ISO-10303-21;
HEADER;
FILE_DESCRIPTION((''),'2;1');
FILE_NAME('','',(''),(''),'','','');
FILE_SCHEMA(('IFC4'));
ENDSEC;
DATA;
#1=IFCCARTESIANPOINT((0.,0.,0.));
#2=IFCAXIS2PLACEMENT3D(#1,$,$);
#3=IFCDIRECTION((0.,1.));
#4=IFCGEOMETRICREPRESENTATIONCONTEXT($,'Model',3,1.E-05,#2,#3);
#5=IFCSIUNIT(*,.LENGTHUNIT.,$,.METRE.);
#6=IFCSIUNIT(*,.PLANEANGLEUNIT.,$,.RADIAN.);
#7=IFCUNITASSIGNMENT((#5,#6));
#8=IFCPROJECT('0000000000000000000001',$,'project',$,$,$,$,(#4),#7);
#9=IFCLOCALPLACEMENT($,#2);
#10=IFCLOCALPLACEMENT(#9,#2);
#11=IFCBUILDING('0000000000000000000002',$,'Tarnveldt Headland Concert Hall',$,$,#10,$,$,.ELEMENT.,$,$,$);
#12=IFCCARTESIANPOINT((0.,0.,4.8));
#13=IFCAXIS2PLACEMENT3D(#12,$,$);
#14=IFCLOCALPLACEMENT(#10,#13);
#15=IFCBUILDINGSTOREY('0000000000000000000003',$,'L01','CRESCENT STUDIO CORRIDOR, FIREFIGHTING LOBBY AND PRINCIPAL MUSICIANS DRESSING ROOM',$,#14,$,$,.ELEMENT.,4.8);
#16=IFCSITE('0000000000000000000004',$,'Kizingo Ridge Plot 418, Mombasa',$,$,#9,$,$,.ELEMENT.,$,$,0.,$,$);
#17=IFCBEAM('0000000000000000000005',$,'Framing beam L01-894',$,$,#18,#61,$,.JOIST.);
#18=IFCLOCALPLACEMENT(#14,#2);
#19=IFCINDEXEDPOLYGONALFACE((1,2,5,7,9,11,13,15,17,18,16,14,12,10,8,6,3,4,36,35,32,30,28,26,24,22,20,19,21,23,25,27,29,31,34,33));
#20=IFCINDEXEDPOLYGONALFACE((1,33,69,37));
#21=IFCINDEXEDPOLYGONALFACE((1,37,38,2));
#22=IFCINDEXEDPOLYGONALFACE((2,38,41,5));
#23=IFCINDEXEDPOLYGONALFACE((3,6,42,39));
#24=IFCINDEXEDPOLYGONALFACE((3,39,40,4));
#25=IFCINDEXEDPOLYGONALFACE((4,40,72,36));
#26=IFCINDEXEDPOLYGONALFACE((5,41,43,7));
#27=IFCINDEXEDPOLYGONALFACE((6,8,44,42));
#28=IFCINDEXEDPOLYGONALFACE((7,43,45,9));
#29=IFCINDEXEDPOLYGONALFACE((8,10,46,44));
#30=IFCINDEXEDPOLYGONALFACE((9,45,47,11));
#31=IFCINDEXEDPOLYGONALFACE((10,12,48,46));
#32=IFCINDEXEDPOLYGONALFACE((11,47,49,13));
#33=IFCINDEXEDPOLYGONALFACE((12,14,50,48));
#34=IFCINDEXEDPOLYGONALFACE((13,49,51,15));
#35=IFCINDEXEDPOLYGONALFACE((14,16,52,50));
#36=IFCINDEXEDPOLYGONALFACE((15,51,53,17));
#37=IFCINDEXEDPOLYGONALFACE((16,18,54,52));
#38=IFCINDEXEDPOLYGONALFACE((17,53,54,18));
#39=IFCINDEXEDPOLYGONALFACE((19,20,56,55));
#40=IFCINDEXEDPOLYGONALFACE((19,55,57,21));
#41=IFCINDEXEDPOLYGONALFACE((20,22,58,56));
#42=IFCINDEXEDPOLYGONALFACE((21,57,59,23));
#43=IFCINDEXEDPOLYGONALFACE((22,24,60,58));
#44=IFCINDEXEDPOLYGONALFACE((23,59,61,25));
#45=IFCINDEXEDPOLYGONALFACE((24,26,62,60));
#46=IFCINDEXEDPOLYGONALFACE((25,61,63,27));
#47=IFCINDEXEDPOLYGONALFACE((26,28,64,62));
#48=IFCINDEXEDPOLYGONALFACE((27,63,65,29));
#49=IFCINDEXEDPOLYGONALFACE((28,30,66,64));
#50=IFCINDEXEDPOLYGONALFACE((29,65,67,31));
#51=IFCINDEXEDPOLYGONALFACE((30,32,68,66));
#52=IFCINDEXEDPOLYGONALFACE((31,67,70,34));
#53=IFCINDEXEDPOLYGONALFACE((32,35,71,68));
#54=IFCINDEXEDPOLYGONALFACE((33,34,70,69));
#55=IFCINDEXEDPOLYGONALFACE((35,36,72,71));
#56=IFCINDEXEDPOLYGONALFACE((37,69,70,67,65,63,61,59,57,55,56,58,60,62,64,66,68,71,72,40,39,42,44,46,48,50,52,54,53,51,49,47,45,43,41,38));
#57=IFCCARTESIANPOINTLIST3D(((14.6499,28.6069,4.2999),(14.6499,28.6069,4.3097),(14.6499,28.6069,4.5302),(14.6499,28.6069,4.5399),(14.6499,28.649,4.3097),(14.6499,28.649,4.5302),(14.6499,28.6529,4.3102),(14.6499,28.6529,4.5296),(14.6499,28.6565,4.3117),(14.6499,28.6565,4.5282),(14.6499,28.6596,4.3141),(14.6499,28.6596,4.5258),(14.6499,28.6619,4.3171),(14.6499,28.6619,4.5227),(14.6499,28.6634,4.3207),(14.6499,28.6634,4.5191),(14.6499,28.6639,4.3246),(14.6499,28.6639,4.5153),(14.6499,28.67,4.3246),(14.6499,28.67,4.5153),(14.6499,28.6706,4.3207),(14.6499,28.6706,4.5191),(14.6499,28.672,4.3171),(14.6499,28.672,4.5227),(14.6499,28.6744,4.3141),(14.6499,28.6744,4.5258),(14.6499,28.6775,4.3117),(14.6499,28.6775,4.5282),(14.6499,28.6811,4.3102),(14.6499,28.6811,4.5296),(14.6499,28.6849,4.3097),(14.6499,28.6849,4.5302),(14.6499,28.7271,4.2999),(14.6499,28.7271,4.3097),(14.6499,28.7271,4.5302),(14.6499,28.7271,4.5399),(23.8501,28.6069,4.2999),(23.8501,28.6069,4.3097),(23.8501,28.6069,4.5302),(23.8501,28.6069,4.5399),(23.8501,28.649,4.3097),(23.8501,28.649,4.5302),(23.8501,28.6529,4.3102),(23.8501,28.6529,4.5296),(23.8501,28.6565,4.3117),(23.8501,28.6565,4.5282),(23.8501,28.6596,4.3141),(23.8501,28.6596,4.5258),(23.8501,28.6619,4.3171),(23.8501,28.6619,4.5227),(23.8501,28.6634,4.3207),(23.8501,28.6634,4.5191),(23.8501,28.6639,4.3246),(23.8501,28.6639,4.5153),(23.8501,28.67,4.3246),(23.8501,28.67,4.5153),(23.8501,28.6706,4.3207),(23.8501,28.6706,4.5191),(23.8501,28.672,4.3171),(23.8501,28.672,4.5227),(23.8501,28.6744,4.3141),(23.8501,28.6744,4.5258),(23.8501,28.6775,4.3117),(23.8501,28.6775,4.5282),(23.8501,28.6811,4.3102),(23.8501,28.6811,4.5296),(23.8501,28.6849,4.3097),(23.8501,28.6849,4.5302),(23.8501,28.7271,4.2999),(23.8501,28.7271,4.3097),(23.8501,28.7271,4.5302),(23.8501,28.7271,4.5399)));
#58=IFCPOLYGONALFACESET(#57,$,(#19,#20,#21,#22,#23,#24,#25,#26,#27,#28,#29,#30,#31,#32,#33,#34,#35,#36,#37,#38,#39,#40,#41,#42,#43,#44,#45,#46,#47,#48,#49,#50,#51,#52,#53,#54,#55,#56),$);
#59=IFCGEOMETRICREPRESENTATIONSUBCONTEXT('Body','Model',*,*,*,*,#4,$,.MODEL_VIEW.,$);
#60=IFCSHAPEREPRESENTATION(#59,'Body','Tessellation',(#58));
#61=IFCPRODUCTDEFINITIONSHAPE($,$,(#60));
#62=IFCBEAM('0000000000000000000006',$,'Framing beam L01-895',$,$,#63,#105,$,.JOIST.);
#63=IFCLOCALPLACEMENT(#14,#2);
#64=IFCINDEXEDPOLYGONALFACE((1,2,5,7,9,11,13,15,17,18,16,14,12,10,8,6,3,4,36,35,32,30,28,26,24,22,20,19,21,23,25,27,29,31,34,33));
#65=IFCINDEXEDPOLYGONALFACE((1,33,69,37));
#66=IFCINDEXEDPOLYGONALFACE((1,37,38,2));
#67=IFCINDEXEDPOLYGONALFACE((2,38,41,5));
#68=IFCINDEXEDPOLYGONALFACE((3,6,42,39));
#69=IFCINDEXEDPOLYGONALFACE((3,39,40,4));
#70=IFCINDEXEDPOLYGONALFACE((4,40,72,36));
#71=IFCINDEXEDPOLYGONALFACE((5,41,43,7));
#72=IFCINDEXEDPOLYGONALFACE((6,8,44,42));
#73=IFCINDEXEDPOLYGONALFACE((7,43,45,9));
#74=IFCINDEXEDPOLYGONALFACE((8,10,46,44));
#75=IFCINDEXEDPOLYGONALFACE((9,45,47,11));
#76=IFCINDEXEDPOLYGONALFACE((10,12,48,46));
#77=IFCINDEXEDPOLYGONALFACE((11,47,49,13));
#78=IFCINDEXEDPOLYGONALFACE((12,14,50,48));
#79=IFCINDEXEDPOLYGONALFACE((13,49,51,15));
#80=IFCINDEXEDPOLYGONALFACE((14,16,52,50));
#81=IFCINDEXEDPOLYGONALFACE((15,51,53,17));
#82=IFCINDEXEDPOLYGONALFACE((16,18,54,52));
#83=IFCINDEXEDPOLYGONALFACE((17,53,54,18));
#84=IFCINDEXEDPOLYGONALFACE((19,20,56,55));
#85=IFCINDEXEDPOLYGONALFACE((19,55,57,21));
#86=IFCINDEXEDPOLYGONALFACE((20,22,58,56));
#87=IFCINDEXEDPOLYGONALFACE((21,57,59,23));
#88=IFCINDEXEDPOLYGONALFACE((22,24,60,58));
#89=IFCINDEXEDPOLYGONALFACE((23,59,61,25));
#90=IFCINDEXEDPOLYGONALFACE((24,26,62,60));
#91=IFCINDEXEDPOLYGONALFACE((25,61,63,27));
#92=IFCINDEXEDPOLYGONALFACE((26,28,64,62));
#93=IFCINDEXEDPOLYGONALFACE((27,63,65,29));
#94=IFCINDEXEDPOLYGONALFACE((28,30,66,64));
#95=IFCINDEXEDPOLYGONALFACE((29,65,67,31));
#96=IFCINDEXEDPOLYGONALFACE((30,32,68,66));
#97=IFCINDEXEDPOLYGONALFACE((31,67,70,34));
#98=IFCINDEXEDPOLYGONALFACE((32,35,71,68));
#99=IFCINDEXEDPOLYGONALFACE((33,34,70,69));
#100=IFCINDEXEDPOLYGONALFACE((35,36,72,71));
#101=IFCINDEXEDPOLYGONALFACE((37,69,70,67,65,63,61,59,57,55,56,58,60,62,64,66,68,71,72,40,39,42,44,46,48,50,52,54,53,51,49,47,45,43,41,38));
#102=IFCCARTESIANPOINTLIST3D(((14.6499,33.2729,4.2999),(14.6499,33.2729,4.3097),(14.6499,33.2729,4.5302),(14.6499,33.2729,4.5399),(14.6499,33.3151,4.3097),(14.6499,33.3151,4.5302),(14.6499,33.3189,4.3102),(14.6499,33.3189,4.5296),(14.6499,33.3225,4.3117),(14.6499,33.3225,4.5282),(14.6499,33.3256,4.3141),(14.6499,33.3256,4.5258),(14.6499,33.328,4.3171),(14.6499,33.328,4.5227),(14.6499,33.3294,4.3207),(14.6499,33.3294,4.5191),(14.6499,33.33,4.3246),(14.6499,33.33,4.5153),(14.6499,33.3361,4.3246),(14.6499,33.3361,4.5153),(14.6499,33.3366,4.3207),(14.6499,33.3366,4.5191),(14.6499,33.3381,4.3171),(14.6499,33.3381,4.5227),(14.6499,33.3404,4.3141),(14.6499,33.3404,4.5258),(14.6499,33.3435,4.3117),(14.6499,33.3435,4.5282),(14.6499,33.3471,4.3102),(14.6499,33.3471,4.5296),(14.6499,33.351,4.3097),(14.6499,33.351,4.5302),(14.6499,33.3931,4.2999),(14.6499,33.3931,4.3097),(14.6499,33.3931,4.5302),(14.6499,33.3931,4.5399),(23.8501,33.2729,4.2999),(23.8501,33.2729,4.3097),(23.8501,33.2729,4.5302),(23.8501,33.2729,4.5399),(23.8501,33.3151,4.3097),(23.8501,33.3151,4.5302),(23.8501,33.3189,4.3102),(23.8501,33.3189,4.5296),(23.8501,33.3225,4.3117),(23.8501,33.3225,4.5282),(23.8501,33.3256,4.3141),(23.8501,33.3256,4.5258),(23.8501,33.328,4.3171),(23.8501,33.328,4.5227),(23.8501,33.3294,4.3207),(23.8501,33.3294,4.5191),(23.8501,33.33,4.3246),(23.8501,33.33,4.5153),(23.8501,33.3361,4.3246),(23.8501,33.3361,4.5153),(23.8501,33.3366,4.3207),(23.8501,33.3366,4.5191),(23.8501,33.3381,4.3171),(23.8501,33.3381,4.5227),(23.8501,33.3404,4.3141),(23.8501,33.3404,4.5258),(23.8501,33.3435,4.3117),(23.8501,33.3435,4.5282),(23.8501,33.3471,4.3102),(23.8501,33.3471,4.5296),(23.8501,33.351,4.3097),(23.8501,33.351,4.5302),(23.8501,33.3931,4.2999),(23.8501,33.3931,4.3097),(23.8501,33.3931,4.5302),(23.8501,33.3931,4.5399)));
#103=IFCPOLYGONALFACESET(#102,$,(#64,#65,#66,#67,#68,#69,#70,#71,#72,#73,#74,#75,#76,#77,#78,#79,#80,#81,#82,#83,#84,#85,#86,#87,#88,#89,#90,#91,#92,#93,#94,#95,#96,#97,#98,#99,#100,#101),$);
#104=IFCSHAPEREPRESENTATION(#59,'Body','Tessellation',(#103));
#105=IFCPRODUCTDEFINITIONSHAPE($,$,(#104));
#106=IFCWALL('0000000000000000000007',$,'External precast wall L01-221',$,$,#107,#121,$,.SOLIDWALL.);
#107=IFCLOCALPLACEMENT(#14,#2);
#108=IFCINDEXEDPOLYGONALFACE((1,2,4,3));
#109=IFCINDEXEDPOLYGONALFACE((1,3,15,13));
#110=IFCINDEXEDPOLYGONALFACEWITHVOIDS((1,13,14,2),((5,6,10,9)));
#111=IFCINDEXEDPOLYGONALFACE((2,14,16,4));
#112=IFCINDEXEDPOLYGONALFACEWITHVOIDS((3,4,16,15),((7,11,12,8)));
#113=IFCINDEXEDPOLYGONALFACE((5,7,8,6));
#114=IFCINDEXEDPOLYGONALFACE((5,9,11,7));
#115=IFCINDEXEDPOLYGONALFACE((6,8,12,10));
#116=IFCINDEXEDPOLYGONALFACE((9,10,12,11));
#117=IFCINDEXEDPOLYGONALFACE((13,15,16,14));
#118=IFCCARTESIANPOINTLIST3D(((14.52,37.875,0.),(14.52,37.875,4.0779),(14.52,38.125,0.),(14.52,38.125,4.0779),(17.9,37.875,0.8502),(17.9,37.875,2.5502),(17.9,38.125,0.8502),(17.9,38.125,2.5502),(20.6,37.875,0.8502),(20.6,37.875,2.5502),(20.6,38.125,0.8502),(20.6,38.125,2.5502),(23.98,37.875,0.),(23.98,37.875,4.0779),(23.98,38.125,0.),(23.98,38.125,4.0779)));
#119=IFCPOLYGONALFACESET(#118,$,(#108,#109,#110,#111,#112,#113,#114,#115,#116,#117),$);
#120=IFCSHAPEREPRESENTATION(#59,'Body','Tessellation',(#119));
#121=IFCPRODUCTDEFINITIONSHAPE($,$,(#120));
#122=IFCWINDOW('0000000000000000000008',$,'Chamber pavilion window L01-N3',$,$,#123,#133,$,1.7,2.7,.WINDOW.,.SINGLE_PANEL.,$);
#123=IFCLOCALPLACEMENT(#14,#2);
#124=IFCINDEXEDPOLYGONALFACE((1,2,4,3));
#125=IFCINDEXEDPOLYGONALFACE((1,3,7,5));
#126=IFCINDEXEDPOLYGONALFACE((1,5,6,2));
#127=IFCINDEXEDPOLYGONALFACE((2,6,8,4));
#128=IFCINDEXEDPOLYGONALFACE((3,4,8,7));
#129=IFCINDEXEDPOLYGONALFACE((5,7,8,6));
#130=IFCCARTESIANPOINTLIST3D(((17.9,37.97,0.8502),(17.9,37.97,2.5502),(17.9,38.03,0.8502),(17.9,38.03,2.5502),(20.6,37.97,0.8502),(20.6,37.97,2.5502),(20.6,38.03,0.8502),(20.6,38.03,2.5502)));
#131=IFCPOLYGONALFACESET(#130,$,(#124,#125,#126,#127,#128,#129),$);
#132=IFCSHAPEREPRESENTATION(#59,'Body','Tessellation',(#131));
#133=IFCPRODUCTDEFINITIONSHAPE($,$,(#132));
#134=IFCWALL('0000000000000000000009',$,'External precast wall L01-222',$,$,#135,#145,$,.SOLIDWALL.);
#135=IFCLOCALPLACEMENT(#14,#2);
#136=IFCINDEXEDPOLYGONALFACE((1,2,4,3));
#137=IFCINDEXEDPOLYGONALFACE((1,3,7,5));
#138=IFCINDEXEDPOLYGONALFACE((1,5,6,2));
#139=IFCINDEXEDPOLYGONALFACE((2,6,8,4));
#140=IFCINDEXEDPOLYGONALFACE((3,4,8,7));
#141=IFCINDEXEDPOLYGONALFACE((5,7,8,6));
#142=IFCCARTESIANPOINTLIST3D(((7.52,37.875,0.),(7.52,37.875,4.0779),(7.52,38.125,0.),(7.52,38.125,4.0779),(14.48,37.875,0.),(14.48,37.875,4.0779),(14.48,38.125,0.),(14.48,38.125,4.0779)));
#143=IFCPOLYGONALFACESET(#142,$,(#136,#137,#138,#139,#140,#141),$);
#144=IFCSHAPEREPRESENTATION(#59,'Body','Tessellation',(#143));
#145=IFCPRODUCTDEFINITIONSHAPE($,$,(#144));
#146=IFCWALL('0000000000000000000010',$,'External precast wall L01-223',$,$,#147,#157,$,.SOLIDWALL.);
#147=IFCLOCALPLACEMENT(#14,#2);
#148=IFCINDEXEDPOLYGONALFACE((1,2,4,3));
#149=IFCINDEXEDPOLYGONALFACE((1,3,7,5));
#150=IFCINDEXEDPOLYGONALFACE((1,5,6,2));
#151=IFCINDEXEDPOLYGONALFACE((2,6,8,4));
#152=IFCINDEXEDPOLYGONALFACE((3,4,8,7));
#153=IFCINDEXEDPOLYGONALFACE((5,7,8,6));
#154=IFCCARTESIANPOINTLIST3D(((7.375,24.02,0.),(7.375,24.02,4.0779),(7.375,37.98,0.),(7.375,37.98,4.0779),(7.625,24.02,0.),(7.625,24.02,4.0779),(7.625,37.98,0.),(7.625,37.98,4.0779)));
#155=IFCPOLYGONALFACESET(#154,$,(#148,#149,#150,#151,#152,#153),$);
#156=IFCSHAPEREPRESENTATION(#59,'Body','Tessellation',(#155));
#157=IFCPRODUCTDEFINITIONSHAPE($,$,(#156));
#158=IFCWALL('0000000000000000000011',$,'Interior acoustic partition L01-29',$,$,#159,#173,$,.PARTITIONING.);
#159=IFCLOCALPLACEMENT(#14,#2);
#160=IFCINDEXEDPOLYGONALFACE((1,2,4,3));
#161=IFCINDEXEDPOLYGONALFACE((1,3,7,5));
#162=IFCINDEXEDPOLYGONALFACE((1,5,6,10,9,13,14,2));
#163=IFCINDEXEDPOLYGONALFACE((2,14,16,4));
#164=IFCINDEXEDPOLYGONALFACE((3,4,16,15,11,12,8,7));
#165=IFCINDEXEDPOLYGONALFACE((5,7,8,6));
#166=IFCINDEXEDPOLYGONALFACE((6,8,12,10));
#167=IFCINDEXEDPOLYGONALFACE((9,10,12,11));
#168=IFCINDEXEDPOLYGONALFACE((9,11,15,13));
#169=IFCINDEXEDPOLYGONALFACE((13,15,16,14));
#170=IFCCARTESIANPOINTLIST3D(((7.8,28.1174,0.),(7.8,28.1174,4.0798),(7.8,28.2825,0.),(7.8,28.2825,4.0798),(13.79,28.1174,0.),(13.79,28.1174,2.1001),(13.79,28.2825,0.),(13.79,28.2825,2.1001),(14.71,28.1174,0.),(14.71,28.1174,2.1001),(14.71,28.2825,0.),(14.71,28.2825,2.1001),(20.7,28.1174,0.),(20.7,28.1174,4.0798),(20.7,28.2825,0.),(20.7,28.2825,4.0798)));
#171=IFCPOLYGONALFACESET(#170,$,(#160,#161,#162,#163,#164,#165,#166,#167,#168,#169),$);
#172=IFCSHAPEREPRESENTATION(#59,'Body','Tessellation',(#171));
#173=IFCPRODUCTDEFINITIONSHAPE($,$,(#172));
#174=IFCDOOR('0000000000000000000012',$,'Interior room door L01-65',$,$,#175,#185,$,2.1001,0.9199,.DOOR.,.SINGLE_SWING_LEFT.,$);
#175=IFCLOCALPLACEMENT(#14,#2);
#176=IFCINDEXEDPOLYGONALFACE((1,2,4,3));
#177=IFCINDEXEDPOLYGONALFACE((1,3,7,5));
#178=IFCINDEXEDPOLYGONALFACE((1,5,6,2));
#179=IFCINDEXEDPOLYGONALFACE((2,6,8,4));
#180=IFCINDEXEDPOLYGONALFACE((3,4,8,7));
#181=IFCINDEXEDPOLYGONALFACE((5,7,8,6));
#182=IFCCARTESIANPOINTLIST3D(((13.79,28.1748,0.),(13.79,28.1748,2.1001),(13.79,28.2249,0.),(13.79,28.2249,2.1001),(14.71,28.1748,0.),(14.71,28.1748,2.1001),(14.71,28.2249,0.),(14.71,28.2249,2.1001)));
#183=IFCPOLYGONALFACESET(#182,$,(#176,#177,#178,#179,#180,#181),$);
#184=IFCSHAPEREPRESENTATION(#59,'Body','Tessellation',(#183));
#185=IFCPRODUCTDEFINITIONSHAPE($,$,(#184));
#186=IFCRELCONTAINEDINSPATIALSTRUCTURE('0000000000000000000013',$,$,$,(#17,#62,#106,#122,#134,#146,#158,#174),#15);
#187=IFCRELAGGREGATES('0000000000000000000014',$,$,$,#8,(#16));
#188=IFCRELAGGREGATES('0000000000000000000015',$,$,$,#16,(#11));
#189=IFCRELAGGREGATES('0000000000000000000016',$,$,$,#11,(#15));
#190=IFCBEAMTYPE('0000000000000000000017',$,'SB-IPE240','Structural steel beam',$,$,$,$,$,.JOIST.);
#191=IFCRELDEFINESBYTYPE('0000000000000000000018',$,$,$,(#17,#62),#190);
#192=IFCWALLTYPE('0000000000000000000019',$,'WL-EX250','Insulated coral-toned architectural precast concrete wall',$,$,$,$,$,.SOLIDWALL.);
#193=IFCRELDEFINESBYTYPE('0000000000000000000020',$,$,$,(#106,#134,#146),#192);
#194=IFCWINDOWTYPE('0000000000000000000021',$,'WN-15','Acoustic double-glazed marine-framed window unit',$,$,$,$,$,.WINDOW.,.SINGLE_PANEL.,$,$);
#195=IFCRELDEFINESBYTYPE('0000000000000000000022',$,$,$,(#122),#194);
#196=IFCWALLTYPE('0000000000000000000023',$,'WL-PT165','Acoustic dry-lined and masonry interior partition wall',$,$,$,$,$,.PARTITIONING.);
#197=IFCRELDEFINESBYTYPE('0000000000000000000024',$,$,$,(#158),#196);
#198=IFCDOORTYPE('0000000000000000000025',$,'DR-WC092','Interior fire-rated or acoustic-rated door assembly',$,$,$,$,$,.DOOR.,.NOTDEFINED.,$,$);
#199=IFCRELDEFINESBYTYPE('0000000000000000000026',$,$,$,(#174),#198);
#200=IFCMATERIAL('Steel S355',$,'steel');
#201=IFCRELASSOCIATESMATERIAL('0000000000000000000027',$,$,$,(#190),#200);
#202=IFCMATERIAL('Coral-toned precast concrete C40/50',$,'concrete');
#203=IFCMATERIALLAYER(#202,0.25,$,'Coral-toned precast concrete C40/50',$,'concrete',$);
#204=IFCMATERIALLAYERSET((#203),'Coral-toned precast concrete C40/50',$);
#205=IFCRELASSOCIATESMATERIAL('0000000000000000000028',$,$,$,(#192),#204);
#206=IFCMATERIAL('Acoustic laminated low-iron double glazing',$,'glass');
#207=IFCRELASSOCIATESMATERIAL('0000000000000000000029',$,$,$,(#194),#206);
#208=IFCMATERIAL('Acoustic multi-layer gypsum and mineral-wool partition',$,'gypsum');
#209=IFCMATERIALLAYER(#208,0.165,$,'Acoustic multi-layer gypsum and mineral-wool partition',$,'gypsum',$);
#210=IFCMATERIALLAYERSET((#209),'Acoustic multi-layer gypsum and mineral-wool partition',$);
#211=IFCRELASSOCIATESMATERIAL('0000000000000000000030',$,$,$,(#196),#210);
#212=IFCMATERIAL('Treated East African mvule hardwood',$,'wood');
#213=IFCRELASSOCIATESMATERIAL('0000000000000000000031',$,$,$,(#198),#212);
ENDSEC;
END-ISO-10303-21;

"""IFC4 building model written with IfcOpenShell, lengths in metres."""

from ifc_helpers import new_model, si_unit, direction, frame, frame_2d, origin, origin_2d, place, context, subcontext, project, spatial, rectangle, i_section, extrude, material, layer, layer_set, material_profile, profile_set, type_object, element, fill, save


model = new_model("IFC4")

# Units and contexts
model_context = context("Model", 3, precision=1e-05, world=origin(), true_north=direction((0.0, 1.0)))
body_context = subcontext(model_context, "Body", "Model", "MODEL_VIEW")
ifc_project = project(units=[si_unit("LENGTHUNIT", "METRE"), si_unit("PLANEANGLEUNIT", "RADIAN")], contexts=[model_context])

# Site, building, storey
site_placement = place(None, origin())
site = spatial("IfcSite", under=ifc_project, at=site_placement, Name="Kizingo Ridge Plot 418, Mombasa", CompositionType="ELEMENT", RefElevation=0.0)
building_placement = place(site_placement, origin())
building = spatial("IfcBuilding", under=site, at=building_placement, Name="Tarnveldt Headland Concert Hall", CompositionType="ELEMENT")
storey_placement = place(building_placement, frame((0.0, 0.0, 4.8)))
storey = spatial("IfcBuildingStorey", under=building, at=storey_placement, Name="L01", Description="CRESCENT STUDIO CORRIDOR, FIREFIGHTING LOBBY AND PRINCIPAL MUSICIANS DRESSING ROOM", CompositionType="ELEMENT", Elevation=4.8)

# Shared definitions
ifc_material_1 = material(Name="Steel S355", Category="steel")

# Beams
ifc_material_profile_1 = material_profile(ifc_material_1, i_section(OverallWidth=0.1201, OverallDepth=0.24, WebThickness=0.0061, FlangeThickness=0.0098, FilletRadius=0.0149, at=origin_2d()), Name="IPE240", Category="steel")
ifc_profile_set_1 = profile_set([ifc_material_profile_1], Name="Steel S355")
beam_type_1 = type_object("IfcBeamType", Name="SB-IPE240", Description="Structural steel beam", PredefinedType="JOIST", material=ifc_profile_set_1)
for number, where, z_axis, x_axis, name in (
    (1, (14.6499, 28.667, 4.4199), (1.0, 0.0, 0.0), (0.0, 1.0, 0.0), "Framing beam L01-894"),
    (2, (14.6499, 33.333, 4.4199), (1.0, 0.0, 0.0), (0.0, 1.0, 0.0), "Framing beam L01-895"),
):
    element("IfcBeam", number, at=place(storey_placement, frame(where, z_axis=z_axis, x_axis=x_axis)), inside=storey, type_object=beam_type_1, Name=name, PredefinedType="JOIST", context=body_context, shape_type="SweptSolid", body=[
        extrude(i_section(OverallWidth=0.1201, OverallDepth=0.24, WebThickness=0.0061, FlangeThickness=0.0098, FilletRadius=0.0149, at=origin_2d()), origin(), (0.0, 0.0, 1.0), 9.2002),
    ])

# Wall, opening, window
ifc_material_2 = material(Name="Coral-toned precast concrete C40/50", Category="concrete")
ifc_layer_1 = layer(ifc_material_2, 0.25, Name="Coral-toned precast concrete C40/50", Category="concrete")
ifc_layer_set_1 = layer_set([ifc_layer_1], Name="Coral-toned precast concrete C40/50")
wall_type_1 = type_object("IfcWallType", Name="WL-EX250", Description="Insulated coral-toned architectural precast concrete wall", PredefinedType="SOLIDWALL", material=ifc_layer_set_1)
wall_1_placement = place(storey_placement, frame((14.52, 38.0, 0.0), z_axis=(0.0, 0.0, 1.0), x_axis=(1.0, 0.0, 0.0)))
wall_1 = element("IfcWall", 3, at=wall_1_placement, inside=storey, type_object=wall_type_1, Name="External precast wall L01-221", PredefinedType="SOLIDWALL", context=body_context, shape_type="SweptSolid", body=[
    extrude(rectangle(XDim=9.46, YDim=0.25, at=frame_2d((4.73, 0.0))), origin(), (0.0, 0.0, 1.0), 4.0779),
])
opening_1_placement = place(wall_1_placement, frame((3.3799, 0.0, 0.8501)))
opening_1 = element("IfcOpeningElement", 4, at=opening_1_placement, cuts=wall_1, PredefinedType="OPENING", context=body_context, shape_type="SweptSolid", body=[
    extrude(rectangle(XDim=2.7, YDim=1.7, at=frame_2d((1.3501, 0.8501))), frame((0.0, 0.135, 0.0), z_axis=(0.0, -1.0, 0.0), x_axis=(1.0, 0.0, 0.0)), (0.0, 0.0, 1.0), 0.27),
])
ifc_material_3 = material(Name="Acoustic laminated low-iron double glazing", Category="glass")
window_type = type_object("IfcWindowType", Name="WN-15", Description="Acoustic double-glazed marine-framed window unit", PartitioningType="SINGLE_PANEL", PredefinedType="WINDOW", material=ifc_material_3)
window_placement = place(opening_1_placement, origin())
window = element("IfcWindow", 5, at=window_placement, inside=storey, type_object=window_type, Name="Chamber pavilion window L01-N3", OverallHeight=1.7, OverallWidth=2.7, PartitioningType="SINGLE_PANEL", PredefinedType="WINDOW", context=body_context, shape_type="SweptSolid", body=[
    extrude(rectangle(XDim=2.7, YDim=1.7, at=frame_2d((1.3501, 0.8501))), frame((0.0, 0.03, 0.0), z_axis=(0.0, -1.0, 0.0), x_axis=(1.0, 0.0, 0.0)), (0.0, 0.0, 1.0), 0.0601),
])
fill(opening_1, window)

# Walls
wall_2_placement = place(storey_placement, frame((7.52, 38.0, 0.0), z_axis=(0.0, 0.0, 1.0), x_axis=(1.0, 0.0, 0.0)))
element("IfcWall", 6, at=wall_2_placement, inside=storey, type_object=wall_type_1, Name="External precast wall L01-222", PredefinedType="SOLIDWALL", context=body_context, shape_type="SweptSolid", body=[
    extrude(rectangle(XDim=6.96, YDim=0.25, at=frame_2d((3.48, 0.0))), origin(), (0.0, 0.0, 1.0), 4.0779),
])
wall_3_placement = place(storey_placement, frame((7.5, 24.02, 0.0), z_axis=(0.0, 0.0, 1.0), x_axis=(0.0, 1.0, 0.0)))
element("IfcWall", 7, at=wall_3_placement, inside=storey, type_object=wall_type_1, Name="External precast wall L01-223", PredefinedType="SOLIDWALL", context=body_context, shape_type="SweptSolid", body=[
    extrude(rectangle(XDim=13.96, YDim=0.25, at=frame_2d((6.98, 0.0))), origin(), (0.0, 0.0, 1.0), 4.0779),
])

# Wall, opening, door
ifc_material_4 = material(Name="Acoustic multi-layer gypsum and mineral-wool partition", Category="gypsum")
ifc_layer_2 = layer(ifc_material_4, 0.165, Name="Acoustic multi-layer gypsum and mineral-wool partition", Category="gypsum")
ifc_layer_set_2 = layer_set([ifc_layer_2], Name="Acoustic multi-layer gypsum and mineral-wool partition")
wall_type_2 = type_object("IfcWallType", Name="WL-PT165", Description="Acoustic dry-lined and masonry interior partition wall", PredefinedType="PARTITIONING", material=ifc_layer_set_2)
wall_4_placement = place(storey_placement, frame((7.8, 28.2, 0.0), z_axis=(0.0, 0.0, 1.0), x_axis=(1.0, 0.0, 0.0)))
wall_4 = element("IfcWall", 8, at=wall_4_placement, inside=storey, type_object=wall_type_2, Name="Interior acoustic partition L01-29", PredefinedType="PARTITIONING", context=body_context, shape_type="SweptSolid", body=[
    extrude(rectangle(XDim=12.8999, YDim=0.165, at=frame_2d((6.45, 0.0))), origin(), (0.0, 0.0, 1.0), 4.0798),
])
opening_2_placement = place(wall_4_placement, frame((5.99, 0.0, 0.0)))
opening_2 = element("IfcOpeningElement", 9, at=opening_2_placement, cuts=wall_4, PredefinedType="OPENING", context=body_context, shape_type="SweptSolid", body=[
    extrude(rectangle(XDim=0.9199, YDim=2.1001, at=frame_2d((0.46, 1.05))), frame((0.0, 0.0925, 0.0), z_axis=(0.0, -1.0, 0.0), x_axis=(1.0, 0.0, 0.0)), (0.0, 0.0, 1.0), 0.1851),
])
ifc_material_5 = material(Name="Treated East African mvule hardwood", Category="wood")
door_type_1 = type_object("IfcDoorType", Name="DR-WC092", Description="Interior fire-rated or acoustic-rated door assembly", OperationType="NOTDEFINED", PredefinedType="DOOR", material=ifc_material_5)
door_1_placement = place(opening_2_placement, origin())
door_1 = element("IfcDoor", 10, at=door_1_placement, inside=storey, type_object=door_type_1, Name="Interior room door L01-65", OperationType="SINGLE_SWING_LEFT", OverallHeight=2.1001, OverallWidth=0.9199, PredefinedType="DOOR", context=body_context, shape_type="SweptSolid", body=[
    extrude(rectangle(XDim=0.9199, YDim=2.1001, at=frame_2d((0.46, 1.05))), frame((0.0, 0.0249, 0.0), z_axis=(0.0, -1.0, 0.0), x_axis=(1.0, 0.0, 0.0)), (0.0, 0.0, 1.0), 0.05),
])
fill(opening_2, door_1)

save(model, "model.ifc")
